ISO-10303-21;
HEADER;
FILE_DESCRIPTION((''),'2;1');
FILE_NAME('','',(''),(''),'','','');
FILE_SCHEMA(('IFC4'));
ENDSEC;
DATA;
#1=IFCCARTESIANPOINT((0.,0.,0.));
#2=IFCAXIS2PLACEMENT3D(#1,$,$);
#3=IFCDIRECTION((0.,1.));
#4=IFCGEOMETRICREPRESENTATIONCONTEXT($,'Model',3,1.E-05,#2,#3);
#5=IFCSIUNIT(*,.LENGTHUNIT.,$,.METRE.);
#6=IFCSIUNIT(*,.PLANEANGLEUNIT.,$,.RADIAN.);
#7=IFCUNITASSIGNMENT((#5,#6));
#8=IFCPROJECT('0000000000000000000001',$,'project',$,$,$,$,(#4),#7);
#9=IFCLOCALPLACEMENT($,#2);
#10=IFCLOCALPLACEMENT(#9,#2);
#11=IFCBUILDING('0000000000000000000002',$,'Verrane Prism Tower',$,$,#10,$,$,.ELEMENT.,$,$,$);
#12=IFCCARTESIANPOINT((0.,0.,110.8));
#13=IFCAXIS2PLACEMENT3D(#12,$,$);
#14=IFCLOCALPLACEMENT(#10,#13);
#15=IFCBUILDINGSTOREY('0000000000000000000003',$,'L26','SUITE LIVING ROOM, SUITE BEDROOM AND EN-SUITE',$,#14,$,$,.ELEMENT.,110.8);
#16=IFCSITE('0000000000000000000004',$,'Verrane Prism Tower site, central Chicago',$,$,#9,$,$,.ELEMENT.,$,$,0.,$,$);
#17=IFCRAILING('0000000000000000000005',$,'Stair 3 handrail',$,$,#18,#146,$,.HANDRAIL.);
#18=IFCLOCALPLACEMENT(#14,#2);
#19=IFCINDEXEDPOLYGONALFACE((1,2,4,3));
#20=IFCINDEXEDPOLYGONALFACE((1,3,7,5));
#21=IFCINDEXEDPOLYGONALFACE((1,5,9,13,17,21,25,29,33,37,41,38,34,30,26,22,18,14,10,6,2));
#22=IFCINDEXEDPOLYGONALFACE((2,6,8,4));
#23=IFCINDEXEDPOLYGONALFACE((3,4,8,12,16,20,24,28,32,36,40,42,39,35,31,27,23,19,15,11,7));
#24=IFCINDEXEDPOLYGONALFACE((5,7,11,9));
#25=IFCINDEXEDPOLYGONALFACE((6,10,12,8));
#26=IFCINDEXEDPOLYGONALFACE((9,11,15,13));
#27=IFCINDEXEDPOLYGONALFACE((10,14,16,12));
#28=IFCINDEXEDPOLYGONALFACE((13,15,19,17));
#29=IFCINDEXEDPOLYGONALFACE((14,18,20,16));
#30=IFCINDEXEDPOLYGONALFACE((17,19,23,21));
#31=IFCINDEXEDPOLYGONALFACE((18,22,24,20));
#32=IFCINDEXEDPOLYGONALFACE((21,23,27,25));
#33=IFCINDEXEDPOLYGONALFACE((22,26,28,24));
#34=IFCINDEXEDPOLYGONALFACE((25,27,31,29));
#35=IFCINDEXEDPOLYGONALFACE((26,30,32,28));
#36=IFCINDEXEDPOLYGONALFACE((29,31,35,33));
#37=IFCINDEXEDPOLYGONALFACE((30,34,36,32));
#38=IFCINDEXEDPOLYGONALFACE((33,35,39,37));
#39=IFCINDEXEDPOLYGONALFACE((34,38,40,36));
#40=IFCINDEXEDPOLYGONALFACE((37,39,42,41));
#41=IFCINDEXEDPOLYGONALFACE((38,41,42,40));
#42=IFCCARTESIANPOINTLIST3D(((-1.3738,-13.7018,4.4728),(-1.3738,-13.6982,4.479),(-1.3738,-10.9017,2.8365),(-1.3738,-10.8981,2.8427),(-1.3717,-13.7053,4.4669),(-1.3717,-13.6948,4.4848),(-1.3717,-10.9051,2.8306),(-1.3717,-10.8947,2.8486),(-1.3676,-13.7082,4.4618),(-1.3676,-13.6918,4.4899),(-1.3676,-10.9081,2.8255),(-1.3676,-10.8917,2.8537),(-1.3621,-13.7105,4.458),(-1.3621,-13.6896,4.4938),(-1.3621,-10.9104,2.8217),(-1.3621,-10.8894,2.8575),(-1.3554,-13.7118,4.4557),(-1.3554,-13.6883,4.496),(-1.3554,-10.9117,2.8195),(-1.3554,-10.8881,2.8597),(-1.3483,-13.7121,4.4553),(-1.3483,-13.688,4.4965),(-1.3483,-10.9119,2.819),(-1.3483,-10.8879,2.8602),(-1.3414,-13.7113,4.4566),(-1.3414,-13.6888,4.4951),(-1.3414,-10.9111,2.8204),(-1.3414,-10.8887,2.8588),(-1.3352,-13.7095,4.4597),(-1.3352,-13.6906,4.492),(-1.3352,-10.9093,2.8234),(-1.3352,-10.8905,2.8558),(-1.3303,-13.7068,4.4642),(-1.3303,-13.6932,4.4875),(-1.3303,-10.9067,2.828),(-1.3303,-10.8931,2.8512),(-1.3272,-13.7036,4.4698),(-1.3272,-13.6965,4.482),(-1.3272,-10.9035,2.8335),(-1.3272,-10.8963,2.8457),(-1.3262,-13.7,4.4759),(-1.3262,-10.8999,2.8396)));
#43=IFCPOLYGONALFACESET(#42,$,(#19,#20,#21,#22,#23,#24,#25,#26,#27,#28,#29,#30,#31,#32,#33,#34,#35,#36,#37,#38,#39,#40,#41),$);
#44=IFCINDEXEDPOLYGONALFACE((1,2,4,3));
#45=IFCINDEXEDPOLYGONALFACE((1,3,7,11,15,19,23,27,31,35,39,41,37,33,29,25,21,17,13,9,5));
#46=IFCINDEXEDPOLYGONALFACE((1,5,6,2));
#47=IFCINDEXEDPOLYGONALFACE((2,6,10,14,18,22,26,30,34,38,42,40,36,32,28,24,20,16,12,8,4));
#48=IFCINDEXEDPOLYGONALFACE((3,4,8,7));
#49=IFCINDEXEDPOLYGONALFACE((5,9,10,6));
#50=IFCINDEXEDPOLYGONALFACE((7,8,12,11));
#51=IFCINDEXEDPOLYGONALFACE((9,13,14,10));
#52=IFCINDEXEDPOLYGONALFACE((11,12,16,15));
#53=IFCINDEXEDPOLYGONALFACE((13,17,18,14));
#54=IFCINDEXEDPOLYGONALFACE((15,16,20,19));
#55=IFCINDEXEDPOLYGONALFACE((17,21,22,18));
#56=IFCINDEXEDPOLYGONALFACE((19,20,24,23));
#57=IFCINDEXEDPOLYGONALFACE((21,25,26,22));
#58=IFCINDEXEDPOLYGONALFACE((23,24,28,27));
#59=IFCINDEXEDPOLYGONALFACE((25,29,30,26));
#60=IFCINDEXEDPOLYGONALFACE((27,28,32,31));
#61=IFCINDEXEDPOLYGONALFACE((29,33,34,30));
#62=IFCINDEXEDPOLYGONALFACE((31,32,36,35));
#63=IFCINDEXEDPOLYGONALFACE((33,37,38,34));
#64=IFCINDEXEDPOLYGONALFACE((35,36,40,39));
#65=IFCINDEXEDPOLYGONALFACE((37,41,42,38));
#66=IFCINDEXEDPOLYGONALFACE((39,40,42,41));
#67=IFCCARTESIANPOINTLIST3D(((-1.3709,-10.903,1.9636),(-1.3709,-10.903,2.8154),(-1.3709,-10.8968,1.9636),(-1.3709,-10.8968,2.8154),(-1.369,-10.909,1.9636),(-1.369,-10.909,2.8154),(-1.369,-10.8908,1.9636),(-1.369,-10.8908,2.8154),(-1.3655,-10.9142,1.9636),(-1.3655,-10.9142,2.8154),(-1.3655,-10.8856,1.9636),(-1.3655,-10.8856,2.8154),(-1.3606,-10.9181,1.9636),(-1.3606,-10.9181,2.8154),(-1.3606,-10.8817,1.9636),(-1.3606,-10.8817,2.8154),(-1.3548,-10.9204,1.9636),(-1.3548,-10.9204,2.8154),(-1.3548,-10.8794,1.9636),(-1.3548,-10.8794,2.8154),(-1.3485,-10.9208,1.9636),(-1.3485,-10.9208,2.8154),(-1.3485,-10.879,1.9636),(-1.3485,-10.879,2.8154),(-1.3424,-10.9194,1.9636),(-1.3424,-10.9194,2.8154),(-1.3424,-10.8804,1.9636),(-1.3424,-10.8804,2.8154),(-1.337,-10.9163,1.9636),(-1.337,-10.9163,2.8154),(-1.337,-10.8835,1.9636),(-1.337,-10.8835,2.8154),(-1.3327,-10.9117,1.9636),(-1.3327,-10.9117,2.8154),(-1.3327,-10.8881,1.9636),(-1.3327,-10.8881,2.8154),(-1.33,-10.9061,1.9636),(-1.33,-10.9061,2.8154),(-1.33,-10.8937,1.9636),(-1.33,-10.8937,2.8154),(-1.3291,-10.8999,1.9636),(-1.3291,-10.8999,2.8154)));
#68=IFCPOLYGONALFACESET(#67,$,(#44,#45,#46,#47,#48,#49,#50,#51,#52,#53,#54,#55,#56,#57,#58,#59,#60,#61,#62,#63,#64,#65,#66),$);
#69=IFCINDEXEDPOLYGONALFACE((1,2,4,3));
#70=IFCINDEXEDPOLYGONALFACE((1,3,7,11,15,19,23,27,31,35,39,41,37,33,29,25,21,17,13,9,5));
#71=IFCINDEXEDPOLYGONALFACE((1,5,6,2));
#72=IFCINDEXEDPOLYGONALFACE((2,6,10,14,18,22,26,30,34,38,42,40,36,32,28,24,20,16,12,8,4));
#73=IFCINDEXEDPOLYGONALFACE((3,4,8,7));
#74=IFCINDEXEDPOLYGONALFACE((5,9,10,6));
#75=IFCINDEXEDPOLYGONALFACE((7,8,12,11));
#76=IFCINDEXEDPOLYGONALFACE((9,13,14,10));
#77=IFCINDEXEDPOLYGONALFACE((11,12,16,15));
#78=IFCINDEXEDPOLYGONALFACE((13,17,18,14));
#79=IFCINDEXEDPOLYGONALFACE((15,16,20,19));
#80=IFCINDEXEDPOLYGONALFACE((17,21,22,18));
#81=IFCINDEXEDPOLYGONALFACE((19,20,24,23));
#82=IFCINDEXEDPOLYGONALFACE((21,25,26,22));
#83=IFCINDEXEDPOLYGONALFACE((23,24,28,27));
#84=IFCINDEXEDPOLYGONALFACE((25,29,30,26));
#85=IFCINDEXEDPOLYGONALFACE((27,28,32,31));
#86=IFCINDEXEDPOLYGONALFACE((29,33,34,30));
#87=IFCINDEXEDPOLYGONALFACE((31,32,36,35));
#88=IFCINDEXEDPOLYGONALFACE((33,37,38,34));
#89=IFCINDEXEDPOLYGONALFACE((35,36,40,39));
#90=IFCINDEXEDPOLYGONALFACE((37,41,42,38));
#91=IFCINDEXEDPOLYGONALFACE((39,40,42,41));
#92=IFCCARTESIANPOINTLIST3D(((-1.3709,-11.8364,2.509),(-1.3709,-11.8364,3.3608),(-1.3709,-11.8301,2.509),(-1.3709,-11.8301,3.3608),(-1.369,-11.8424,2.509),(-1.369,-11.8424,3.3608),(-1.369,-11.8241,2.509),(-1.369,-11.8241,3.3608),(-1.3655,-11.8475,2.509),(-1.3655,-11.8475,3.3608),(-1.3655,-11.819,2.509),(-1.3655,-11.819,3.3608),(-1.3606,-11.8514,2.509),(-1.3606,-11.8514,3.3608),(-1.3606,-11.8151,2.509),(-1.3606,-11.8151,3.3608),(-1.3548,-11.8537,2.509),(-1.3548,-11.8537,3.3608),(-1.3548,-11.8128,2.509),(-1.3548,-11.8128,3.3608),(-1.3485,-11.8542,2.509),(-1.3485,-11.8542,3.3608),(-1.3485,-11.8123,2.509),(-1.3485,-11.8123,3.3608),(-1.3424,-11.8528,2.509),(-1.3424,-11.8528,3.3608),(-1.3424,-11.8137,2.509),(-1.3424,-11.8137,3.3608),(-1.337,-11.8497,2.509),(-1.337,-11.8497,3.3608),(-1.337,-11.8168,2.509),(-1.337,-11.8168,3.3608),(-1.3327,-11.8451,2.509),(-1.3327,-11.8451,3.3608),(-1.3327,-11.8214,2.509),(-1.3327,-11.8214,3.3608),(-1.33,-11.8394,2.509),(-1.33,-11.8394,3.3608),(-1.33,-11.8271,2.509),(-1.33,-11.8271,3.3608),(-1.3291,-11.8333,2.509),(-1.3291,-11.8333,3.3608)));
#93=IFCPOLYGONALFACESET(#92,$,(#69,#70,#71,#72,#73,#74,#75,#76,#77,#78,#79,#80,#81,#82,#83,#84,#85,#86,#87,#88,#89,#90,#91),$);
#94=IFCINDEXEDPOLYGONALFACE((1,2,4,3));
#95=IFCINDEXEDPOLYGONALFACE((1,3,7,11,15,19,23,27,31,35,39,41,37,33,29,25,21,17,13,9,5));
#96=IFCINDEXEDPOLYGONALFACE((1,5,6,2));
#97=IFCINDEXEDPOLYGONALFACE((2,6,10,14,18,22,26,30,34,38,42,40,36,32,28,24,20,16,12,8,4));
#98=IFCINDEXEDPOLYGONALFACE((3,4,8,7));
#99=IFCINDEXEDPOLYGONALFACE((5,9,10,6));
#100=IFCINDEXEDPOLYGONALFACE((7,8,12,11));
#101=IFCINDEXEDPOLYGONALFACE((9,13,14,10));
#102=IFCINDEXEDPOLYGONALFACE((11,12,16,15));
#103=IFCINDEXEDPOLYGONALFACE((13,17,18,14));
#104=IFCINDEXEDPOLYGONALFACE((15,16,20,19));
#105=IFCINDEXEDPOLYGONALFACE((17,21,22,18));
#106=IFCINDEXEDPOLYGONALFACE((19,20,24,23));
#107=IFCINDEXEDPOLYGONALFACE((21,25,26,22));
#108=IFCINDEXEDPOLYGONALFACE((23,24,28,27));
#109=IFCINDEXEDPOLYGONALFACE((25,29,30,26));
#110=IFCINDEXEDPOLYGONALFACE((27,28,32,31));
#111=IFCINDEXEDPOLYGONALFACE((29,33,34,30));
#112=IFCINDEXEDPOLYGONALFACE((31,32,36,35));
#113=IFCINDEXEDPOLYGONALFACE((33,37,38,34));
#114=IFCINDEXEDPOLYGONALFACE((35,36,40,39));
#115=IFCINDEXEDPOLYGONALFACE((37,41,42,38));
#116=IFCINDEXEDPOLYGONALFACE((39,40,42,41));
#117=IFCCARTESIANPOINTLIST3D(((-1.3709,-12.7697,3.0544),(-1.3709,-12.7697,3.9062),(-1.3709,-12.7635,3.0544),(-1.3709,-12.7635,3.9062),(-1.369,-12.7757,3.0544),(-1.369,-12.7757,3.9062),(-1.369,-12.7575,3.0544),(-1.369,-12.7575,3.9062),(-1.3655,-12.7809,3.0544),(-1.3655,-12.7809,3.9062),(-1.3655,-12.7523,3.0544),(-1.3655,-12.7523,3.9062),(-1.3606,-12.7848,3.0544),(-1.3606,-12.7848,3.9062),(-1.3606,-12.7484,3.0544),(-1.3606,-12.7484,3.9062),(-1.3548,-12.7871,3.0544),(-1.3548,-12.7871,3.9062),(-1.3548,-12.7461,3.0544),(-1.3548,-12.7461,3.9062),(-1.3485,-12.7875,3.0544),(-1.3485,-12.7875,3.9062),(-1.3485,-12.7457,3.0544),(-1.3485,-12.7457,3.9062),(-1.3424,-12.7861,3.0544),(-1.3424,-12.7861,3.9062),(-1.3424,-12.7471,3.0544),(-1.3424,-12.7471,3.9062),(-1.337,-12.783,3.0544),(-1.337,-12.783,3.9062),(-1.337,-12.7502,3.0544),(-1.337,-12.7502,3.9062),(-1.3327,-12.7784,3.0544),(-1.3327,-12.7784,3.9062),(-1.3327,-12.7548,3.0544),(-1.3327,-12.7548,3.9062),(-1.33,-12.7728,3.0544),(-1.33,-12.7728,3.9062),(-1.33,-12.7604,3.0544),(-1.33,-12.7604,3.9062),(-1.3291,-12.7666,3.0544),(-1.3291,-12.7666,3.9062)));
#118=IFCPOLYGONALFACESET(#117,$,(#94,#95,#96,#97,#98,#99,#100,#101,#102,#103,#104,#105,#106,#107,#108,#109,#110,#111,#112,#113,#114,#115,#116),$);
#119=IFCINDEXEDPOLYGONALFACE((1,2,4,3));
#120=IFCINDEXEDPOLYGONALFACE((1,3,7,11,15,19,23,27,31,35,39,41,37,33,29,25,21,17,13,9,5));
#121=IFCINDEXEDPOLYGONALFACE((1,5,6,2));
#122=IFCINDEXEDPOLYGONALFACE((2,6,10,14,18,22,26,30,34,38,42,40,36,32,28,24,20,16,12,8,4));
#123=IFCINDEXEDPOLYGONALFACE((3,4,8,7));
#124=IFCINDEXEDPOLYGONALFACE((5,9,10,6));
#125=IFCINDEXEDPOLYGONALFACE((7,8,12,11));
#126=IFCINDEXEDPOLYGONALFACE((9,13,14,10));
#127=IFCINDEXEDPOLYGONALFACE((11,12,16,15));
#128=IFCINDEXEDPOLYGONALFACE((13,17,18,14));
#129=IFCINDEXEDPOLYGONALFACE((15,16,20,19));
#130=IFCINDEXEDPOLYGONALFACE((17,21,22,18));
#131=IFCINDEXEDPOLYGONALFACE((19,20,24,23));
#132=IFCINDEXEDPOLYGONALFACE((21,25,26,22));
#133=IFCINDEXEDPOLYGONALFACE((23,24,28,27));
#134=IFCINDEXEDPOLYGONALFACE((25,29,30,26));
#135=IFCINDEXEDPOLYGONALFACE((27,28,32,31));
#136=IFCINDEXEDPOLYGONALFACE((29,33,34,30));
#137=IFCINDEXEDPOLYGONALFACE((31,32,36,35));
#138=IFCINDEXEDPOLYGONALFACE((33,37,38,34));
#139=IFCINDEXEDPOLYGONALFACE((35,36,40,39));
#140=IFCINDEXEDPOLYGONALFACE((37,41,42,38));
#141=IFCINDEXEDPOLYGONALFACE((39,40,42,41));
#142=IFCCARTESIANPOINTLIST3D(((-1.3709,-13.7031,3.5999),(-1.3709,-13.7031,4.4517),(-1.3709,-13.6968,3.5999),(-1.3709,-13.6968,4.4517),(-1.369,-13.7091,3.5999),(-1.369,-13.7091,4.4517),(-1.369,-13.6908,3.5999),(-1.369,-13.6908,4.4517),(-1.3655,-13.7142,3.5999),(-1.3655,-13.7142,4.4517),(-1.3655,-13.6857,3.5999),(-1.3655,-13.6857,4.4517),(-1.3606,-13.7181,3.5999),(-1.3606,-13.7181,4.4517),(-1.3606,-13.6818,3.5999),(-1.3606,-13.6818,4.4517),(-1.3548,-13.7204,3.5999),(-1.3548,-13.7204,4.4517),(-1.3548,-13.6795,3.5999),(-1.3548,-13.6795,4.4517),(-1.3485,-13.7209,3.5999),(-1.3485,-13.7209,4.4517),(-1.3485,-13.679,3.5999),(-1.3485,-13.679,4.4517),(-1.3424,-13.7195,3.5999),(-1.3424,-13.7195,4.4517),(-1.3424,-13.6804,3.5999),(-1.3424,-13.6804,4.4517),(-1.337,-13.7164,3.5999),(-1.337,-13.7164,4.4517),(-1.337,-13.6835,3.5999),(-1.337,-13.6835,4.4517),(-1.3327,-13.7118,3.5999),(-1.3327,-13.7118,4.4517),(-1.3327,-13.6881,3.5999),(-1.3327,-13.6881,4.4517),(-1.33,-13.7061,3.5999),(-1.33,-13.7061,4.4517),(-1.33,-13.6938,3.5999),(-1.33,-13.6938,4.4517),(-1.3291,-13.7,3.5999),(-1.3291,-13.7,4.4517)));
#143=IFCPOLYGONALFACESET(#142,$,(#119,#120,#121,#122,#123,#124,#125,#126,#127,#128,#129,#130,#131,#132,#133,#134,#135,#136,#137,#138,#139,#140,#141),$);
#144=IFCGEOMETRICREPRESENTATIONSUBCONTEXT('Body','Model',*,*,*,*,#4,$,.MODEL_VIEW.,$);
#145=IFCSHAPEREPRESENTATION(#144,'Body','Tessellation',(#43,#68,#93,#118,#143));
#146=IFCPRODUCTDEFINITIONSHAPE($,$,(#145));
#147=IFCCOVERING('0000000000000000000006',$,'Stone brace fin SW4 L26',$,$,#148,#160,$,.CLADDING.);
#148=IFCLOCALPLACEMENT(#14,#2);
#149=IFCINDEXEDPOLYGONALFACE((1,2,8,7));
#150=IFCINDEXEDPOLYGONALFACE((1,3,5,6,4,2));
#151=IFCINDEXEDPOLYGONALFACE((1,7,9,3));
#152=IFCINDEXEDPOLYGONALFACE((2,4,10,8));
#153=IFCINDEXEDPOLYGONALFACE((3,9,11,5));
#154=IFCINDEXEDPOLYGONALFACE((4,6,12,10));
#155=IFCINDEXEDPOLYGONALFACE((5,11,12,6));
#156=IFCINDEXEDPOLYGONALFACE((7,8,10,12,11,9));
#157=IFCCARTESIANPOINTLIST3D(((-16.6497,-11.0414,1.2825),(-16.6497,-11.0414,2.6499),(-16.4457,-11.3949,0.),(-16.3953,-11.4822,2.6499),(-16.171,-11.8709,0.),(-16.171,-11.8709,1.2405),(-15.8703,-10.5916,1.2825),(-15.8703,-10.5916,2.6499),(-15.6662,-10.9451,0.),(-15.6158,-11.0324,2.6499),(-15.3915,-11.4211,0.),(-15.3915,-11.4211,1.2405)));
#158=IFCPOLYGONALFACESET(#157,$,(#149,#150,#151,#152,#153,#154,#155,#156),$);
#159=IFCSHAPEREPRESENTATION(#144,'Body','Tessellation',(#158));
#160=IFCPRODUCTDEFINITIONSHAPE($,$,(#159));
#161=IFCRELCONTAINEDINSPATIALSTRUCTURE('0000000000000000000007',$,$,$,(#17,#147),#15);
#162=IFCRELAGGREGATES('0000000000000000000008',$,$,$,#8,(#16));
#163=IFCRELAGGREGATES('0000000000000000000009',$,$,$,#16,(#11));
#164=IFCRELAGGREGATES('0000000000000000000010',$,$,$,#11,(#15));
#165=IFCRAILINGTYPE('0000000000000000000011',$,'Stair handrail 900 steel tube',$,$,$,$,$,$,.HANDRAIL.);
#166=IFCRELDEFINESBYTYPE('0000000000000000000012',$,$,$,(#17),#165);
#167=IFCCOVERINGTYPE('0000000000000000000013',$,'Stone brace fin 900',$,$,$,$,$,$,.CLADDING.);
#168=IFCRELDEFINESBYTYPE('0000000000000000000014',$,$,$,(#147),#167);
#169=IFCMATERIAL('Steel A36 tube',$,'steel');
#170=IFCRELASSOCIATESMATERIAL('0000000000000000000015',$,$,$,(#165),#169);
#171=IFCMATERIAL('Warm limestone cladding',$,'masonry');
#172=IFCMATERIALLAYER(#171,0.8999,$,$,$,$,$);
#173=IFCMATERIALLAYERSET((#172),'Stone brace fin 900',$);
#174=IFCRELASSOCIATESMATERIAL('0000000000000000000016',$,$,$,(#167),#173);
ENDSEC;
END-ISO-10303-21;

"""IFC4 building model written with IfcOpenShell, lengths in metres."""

from ifc_helpers import new_model, si_unit, direction, frame, origin, origin_2d, place, context, subcontext, project, spatial, polyline, circle, outline, extrude, material, layer, layer_set, type_object, element, save


model = new_model("IFC4")

# Units and contexts
model_context = context("Model", 3, precision=1e-05, world=origin(), true_north=direction((0.0, 1.0)))
body_context = subcontext(model_context, "Body", "Model", "MODEL_VIEW")
ifc_project = project(units=[si_unit("LENGTHUNIT", "METRE"), si_unit("PLANEANGLEUNIT", "RADIAN")], contexts=[model_context])

# Site, building, storey
site_placement = place(None, origin())
site = spatial("IfcSite", under=ifc_project, at=site_placement, Name="Verrane Prism Tower site, central Chicago", CompositionType="ELEMENT", RefElevation=0.0)
building_placement = place(site_placement, origin())
building = spatial("IfcBuilding", under=site, at=building_placement, Name="Verrane Prism Tower", CompositionType="ELEMENT")
storey_placement = place(building_placement, frame((0.0, 0.0, 110.8)))
storey = spatial("IfcBuildingStorey", under=building, at=storey_placement, Name="L26", Description="SUITE LIVING ROOM, SUITE BEDROOM AND EN-SUITE", CompositionType="ELEMENT", Elevation=110.8)

# Railing
ifc_material_1 = material(Name="Steel A36 tube", Category="steel")
railing_type = type_object("IfcRailingType", Name="Stair handrail 900 steel tube", PredefinedType="HANDRAIL", material=ifc_material_1)
railing_placement = place(storey_placement, frame((-1.3501, -10.8999, 1.9636)))
element("IfcRailing", 1, at=railing_placement, inside=storey, type_object=railing_type, Name="Stair 3 handrail", PredefinedType="HANDRAIL", context=body_context, shape_type="SweptSolid", body=[
    extrude(circle(Radius=0.0239, at=origin_2d()), frame((0.0, 0.0, 0.876), z_axis=(0.0, -0.863394, 0.504531), x_axis=(1.0, 0.0, 0.0)), (0.0, 0.0, 1.0), 3.2432),
    extrude(circle(Radius=0.021, at=origin_2d()), origin(), (0.0, 0.0, 1.0), 0.8518),
    extrude(circle(Radius=0.021, at=origin_2d()), frame((0.0, -0.9333, 0.5454)), (0.0, 0.0, 1.0), 0.8518),
    extrude(circle(Radius=0.021, at=origin_2d()), frame((0.0, -1.8667, 1.0908)), (0.0, 0.0, 1.0), 0.8518),
    extrude(circle(Radius=0.021, at=origin_2d()), frame((0.0, -2.8, 1.6362)), (0.0, 0.0, 1.0), 0.8518),
])

# Covering
ifc_material_2 = material(Name="Warm limestone cladding", Category="masonry")
ifc_layer_1 = layer(ifc_material_2, 0.8999)
ifc_layer_set_1 = layer_set([ifc_layer_1], Name="Stone brace fin 900")
covering_type = type_object("IfcCoveringType", Name="Stone brace fin 900", PredefinedType="CLADDING", material=ifc_layer_set_1)
covering_placement = place(storey_placement, frame((-15.7812, -11.646, 0.0), z_axis=(0.0, 0.0, 1.0), x_axis=(-0.49984, 0.866118, 0.0)))
element("IfcCovering", 2, at=covering_placement, inside=storey, type_object=covering_type, Name="Stone brace fin SW4 L26", PredefinedType="CLADDING", context=body_context, shape_type="SweptSolid", body=[
    extrude(outline(polyline([(0.9578, 2.6499), (0.4487, 2.6499), (0.0, 1.2405), (0.0, 0.0), (0.5496, 0.0), (0.9578, 1.2825), (0.9578, 2.6499)])), frame((0.0, 0.45, 0.0), z_axis=(0.0, -1.0, 0.0), x_axis=(1.0, 0.0, 0.0)), (0.0, 0.0, 1.0), 0.8999),
])

save(model, "model.ifc")
